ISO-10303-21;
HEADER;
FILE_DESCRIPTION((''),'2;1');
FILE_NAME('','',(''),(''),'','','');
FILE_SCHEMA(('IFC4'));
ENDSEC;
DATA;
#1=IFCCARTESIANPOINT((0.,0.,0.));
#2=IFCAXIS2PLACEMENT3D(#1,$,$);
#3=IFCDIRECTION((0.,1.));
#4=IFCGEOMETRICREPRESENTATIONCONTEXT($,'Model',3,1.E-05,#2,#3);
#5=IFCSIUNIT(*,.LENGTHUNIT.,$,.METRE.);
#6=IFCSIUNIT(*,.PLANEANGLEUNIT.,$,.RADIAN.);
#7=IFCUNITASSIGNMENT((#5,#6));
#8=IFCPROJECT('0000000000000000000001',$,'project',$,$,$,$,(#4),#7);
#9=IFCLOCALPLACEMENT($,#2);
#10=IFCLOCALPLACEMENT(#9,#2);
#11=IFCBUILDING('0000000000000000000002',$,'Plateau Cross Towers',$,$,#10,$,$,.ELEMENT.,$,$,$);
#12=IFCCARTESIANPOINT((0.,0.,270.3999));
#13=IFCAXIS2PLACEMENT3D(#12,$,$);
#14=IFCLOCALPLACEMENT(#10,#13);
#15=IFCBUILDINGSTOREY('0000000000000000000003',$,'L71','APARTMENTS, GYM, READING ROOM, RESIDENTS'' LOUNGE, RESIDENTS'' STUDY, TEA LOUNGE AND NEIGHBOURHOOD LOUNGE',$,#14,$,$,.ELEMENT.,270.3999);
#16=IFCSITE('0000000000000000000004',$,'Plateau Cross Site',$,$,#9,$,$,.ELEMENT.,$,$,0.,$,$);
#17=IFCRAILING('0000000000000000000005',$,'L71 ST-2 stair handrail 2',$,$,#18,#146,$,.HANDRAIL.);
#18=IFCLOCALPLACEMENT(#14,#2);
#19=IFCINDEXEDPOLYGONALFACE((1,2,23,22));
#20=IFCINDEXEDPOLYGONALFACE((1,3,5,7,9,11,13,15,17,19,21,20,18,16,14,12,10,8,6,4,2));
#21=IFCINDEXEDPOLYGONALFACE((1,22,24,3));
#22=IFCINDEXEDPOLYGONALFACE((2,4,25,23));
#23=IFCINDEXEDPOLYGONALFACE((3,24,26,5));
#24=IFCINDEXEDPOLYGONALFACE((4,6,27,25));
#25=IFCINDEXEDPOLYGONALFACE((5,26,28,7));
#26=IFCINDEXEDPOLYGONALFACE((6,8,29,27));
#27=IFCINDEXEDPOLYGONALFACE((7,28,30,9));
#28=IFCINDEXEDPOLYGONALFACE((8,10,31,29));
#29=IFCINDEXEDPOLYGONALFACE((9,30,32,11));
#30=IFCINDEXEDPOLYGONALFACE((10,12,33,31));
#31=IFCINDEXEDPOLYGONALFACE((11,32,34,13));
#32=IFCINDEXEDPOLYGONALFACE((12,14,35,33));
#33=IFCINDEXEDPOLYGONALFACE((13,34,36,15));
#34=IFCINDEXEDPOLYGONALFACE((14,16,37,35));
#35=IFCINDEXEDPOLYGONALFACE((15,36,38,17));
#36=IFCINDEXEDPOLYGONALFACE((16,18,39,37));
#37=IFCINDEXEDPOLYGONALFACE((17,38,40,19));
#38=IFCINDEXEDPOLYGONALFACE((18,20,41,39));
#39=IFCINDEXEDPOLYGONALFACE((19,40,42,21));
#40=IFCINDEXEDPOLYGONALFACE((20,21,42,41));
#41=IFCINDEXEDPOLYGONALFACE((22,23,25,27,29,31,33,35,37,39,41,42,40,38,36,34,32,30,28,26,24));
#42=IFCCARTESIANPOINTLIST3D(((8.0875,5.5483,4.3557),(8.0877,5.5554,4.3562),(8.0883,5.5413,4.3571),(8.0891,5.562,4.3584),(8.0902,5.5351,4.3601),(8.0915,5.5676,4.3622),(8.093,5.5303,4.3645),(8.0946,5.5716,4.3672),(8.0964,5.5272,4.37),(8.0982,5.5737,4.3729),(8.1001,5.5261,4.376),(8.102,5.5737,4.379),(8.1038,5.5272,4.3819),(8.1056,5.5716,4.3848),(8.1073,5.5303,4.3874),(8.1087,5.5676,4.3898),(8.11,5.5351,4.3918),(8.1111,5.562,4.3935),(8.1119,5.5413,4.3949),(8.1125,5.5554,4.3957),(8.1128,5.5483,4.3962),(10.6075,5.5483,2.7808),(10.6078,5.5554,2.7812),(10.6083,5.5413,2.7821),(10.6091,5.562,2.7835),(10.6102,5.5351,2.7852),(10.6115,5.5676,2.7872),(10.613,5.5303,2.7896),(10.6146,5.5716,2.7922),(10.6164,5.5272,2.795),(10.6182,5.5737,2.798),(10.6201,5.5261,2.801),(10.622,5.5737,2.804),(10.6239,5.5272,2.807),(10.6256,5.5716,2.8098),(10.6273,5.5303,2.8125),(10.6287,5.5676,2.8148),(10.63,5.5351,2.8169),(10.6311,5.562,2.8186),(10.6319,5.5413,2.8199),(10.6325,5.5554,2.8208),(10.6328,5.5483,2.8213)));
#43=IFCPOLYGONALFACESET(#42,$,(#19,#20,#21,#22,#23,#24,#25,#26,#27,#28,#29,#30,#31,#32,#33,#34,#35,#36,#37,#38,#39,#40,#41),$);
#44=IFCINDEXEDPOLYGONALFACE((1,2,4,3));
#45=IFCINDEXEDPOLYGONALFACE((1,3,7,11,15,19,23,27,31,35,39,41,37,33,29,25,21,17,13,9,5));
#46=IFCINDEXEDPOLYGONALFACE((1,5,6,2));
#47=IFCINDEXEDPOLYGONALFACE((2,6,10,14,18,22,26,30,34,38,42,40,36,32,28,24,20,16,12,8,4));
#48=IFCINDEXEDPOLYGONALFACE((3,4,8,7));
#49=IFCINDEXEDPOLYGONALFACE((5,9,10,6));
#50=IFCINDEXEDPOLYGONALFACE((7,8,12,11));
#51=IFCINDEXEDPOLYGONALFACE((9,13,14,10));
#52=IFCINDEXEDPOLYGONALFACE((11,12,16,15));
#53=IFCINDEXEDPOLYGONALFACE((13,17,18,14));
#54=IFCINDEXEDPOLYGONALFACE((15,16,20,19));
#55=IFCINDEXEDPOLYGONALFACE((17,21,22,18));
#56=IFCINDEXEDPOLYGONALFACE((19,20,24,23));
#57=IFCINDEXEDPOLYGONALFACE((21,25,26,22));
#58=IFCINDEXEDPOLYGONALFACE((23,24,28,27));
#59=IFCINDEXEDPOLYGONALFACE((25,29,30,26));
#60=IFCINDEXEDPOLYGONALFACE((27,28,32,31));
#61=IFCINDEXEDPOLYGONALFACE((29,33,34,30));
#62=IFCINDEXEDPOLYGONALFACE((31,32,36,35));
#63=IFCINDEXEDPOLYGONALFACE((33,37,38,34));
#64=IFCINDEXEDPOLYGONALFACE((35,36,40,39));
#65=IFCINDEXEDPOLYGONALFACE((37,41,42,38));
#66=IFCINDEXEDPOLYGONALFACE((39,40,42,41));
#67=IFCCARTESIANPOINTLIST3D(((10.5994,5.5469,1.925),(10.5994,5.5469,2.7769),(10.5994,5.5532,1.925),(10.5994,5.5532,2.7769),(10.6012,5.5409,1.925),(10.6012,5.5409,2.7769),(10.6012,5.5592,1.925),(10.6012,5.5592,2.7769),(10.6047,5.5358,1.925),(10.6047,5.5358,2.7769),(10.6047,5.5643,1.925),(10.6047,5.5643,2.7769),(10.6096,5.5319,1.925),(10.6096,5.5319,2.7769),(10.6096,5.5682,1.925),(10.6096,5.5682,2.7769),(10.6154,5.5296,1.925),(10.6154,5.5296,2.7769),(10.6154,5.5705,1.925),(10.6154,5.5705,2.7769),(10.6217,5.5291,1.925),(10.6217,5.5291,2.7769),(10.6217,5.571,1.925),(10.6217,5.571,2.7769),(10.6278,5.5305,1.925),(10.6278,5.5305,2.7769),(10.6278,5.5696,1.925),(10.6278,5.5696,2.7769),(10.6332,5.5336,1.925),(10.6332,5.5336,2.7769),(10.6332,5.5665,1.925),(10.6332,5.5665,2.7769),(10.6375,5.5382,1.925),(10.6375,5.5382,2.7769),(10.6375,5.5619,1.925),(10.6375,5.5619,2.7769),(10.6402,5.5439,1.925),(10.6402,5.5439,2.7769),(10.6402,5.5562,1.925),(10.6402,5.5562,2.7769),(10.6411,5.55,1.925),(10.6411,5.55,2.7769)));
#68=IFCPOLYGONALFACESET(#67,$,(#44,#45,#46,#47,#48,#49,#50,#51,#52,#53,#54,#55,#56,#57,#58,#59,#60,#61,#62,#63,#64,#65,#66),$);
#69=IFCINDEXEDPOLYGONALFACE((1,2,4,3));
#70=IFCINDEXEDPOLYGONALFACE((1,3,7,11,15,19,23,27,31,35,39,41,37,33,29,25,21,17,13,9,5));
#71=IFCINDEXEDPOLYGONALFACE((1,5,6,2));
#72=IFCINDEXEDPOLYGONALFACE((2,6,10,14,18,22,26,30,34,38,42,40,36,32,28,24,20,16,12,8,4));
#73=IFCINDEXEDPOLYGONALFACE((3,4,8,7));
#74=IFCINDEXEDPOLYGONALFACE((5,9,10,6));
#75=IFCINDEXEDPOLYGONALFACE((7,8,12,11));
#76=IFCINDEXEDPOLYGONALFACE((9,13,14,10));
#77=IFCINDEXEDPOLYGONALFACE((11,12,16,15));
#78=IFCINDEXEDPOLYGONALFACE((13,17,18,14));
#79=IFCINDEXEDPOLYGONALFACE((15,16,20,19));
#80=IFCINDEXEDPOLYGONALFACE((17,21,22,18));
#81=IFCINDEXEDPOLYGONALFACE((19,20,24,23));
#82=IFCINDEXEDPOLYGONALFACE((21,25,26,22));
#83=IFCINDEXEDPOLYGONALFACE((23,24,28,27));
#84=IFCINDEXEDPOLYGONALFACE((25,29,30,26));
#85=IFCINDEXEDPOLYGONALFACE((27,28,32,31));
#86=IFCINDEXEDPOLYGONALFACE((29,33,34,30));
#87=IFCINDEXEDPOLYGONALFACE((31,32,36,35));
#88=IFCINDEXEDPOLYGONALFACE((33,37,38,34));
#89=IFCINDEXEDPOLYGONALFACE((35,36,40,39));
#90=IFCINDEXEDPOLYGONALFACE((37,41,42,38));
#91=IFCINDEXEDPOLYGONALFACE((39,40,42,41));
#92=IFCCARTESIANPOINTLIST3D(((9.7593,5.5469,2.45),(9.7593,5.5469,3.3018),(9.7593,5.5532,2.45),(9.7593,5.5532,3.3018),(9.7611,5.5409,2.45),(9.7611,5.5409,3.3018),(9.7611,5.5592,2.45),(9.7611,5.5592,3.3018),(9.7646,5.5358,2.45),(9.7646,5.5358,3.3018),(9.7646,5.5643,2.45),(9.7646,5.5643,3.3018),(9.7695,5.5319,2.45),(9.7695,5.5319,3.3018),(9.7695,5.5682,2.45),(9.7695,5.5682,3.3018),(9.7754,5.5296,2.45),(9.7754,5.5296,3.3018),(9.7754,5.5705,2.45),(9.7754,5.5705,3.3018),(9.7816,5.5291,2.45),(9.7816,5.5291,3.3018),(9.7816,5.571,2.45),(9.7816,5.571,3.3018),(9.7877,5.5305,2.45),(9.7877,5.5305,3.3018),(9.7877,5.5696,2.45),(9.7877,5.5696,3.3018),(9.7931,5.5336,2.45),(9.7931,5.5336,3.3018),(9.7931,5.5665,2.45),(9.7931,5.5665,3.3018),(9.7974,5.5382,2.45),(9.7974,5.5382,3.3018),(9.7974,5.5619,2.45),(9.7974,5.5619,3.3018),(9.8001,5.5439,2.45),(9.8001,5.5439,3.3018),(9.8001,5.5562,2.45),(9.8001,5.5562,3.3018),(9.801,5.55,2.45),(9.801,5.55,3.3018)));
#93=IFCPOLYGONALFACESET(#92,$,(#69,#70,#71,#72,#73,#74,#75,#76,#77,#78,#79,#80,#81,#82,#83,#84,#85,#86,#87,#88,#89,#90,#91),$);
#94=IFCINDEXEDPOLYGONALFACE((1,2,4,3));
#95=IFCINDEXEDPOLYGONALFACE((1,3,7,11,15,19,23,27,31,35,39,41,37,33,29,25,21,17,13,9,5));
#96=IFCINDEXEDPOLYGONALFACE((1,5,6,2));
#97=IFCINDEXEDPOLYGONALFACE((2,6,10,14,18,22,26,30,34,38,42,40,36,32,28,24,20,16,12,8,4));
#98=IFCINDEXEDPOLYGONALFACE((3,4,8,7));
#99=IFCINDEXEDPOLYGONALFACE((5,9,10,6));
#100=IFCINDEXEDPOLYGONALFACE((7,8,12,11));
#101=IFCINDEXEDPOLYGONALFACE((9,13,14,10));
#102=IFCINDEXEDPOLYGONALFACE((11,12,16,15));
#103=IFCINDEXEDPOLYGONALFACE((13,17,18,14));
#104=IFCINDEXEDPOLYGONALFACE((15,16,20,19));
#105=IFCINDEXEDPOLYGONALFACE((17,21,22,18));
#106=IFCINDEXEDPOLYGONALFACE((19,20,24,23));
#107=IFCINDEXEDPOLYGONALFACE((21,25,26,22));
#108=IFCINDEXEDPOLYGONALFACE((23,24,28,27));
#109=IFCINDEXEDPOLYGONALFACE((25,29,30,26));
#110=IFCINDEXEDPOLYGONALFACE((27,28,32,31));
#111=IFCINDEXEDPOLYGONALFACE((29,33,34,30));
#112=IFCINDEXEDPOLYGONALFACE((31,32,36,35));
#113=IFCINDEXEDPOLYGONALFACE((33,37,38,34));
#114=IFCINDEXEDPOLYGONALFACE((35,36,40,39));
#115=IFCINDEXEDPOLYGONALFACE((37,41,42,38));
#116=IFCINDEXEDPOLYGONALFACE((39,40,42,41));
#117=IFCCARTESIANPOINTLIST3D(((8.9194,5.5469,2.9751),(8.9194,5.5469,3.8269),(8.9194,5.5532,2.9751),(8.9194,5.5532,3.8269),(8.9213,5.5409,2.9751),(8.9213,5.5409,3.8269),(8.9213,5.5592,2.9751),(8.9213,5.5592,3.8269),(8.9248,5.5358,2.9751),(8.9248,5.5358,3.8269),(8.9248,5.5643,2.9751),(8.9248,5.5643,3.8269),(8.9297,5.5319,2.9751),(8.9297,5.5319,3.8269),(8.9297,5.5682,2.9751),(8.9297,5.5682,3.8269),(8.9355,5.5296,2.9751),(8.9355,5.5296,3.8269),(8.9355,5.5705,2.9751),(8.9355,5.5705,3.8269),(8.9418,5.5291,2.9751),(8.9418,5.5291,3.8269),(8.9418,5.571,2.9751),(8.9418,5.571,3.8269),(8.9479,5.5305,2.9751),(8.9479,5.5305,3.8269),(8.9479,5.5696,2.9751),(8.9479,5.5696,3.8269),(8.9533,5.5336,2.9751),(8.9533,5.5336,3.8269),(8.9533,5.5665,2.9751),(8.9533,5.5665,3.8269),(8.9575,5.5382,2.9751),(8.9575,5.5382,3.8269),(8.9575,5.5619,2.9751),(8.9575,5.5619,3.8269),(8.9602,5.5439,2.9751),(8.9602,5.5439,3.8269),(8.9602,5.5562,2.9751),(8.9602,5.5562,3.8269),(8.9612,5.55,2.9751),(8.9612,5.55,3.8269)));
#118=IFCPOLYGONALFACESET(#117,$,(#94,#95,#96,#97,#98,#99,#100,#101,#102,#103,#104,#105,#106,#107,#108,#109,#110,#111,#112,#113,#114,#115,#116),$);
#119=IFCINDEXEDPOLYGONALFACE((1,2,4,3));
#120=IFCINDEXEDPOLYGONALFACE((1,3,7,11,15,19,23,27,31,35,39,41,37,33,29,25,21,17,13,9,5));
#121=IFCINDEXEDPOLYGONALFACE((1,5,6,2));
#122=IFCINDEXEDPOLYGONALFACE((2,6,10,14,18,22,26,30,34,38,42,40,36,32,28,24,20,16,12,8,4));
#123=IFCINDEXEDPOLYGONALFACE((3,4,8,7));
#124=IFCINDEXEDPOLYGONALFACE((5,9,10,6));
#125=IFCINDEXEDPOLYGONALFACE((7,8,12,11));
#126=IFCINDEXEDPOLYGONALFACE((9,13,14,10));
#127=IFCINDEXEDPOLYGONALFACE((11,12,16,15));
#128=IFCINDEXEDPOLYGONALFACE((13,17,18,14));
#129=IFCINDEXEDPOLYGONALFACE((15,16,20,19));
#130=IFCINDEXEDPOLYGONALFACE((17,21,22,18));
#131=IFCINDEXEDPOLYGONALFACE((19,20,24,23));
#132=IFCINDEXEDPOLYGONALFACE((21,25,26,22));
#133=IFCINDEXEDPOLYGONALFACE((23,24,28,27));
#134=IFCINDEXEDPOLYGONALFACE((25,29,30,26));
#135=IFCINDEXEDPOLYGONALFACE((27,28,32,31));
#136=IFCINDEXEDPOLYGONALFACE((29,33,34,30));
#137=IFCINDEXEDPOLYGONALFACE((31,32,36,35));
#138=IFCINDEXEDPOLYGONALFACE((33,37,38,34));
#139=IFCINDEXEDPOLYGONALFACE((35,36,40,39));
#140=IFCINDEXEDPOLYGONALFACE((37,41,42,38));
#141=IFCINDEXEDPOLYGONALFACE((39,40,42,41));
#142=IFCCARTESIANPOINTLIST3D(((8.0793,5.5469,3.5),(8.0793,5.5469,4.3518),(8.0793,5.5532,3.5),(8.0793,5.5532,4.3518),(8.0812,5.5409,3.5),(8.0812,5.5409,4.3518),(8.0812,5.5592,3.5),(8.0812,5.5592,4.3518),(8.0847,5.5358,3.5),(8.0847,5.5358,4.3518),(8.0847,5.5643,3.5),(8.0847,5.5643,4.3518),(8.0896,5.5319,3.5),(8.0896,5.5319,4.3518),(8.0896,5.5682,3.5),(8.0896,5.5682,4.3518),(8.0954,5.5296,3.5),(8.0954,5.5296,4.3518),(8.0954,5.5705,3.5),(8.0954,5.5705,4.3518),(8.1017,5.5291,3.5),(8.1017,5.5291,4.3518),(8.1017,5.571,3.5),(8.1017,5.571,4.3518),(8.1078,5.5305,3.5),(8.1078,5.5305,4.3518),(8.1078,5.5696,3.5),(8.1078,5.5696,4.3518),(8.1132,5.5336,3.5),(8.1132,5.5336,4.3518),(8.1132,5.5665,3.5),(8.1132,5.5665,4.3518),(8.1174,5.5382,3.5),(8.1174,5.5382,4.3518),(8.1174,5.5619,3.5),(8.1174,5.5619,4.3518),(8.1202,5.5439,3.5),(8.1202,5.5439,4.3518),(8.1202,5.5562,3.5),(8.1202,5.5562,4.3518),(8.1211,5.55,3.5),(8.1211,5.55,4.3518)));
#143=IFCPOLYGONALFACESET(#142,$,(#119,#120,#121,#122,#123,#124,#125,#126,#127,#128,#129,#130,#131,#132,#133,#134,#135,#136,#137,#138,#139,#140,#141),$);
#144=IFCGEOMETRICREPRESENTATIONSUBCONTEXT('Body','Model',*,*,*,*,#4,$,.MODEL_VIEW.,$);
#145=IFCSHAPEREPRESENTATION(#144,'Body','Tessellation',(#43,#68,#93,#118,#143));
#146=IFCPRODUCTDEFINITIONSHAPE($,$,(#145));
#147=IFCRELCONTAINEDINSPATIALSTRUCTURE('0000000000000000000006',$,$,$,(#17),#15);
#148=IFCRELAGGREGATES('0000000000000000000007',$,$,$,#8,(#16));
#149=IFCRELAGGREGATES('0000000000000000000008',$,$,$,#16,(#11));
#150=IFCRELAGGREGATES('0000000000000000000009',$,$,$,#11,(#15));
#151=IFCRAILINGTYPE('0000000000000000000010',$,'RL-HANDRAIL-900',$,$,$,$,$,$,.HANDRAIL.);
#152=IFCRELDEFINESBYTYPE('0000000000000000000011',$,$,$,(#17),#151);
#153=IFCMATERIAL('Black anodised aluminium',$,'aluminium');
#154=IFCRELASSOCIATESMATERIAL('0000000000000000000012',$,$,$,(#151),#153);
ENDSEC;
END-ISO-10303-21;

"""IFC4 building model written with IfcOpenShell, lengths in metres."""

from ifc_helpers import new_model, si_unit, direction, frame, origin, origin_2d, place, context, subcontext, project, spatial, circle, extrude, material, type_object, element, save


model = new_model("IFC4")

# Units and contexts
model_context = context("Model", 3, precision=1e-05, world=origin(), true_north=direction((0.0, 1.0)))
body_context = subcontext(model_context, "Body", "Model", "MODEL_VIEW")
ifc_project = project(units=[si_unit("LENGTHUNIT", "METRE"), si_unit("PLANEANGLEUNIT", "RADIAN")], contexts=[model_context])

# Site, building, storey
site_placement = place(None, origin())
site = spatial("IfcSite", under=ifc_project, at=site_placement, Name="Plateau Cross Site", CompositionType="ELEMENT", RefElevation=0.0)
building_placement = place(site_placement, origin())
building = spatial("IfcBuilding", under=site, at=building_placement, Name="Plateau Cross Towers", CompositionType="ELEMENT")
storey_placement = place(building_placement, frame((0.0, 0.0, 270.3999)))
storey = spatial("IfcBuildingStorey", under=building, at=storey_placement, Name="L71", Description="APARTMENTS, GYM, READING ROOM, RESIDENTS' LOUNGE, RESIDENTS' STUDY, TEA LOUNGE AND NEIGHBOURHOOD LOUNGE", CompositionType="ELEMENT", Elevation=270.3999)

# Shared definitions
ifc_material_1 = material(Name="Black anodised aluminium", Category="aluminium")

# Railing
railing_type = type_object("IfcRailingType", Name="RL-HANDRAIL-900", PredefinedType="HANDRAIL", material=ifc_material_1)
railing_placement = place(storey_placement, frame((10.6201, 5.55, 1.925)))
element("IfcRailing", 1, at=railing_placement, inside=storey, type_object=railing_type, Name="L71 ST-2 stair handrail 2", PredefinedType="HANDRAIL", context=body_context, shape_type="SweptSolid", body=[
    extrude(circle(Radius=0.0239, at=origin_2d()), frame((0.0, 0.0, 0.876), z_axis=(-0.848008, 0.0, 0.529984), x_axis=(0.0, -1.0, 0.0)), (0.0, 0.0, 1.0), 2.9717),
    extrude(circle(Radius=0.021, at=origin_2d()), origin(), (0.0, 0.0, 1.0), 0.8518),
    extrude(circle(Radius=0.021, at=origin_2d()), frame((-0.8401, 0.0, 0.5249)), (0.0, 0.0, 1.0), 0.8518),
    extrude(circle(Radius=0.021, at=origin_2d()), frame((-1.6799, 0.0, 1.05)), (0.0, 0.0, 1.0), 0.8518),
    extrude(circle(Radius=0.021, at=origin_2d()), frame((-2.52, 0.0, 1.575)), (0.0, 0.0, 1.0), 0.8518),
])

save(model, "model.ifc")
